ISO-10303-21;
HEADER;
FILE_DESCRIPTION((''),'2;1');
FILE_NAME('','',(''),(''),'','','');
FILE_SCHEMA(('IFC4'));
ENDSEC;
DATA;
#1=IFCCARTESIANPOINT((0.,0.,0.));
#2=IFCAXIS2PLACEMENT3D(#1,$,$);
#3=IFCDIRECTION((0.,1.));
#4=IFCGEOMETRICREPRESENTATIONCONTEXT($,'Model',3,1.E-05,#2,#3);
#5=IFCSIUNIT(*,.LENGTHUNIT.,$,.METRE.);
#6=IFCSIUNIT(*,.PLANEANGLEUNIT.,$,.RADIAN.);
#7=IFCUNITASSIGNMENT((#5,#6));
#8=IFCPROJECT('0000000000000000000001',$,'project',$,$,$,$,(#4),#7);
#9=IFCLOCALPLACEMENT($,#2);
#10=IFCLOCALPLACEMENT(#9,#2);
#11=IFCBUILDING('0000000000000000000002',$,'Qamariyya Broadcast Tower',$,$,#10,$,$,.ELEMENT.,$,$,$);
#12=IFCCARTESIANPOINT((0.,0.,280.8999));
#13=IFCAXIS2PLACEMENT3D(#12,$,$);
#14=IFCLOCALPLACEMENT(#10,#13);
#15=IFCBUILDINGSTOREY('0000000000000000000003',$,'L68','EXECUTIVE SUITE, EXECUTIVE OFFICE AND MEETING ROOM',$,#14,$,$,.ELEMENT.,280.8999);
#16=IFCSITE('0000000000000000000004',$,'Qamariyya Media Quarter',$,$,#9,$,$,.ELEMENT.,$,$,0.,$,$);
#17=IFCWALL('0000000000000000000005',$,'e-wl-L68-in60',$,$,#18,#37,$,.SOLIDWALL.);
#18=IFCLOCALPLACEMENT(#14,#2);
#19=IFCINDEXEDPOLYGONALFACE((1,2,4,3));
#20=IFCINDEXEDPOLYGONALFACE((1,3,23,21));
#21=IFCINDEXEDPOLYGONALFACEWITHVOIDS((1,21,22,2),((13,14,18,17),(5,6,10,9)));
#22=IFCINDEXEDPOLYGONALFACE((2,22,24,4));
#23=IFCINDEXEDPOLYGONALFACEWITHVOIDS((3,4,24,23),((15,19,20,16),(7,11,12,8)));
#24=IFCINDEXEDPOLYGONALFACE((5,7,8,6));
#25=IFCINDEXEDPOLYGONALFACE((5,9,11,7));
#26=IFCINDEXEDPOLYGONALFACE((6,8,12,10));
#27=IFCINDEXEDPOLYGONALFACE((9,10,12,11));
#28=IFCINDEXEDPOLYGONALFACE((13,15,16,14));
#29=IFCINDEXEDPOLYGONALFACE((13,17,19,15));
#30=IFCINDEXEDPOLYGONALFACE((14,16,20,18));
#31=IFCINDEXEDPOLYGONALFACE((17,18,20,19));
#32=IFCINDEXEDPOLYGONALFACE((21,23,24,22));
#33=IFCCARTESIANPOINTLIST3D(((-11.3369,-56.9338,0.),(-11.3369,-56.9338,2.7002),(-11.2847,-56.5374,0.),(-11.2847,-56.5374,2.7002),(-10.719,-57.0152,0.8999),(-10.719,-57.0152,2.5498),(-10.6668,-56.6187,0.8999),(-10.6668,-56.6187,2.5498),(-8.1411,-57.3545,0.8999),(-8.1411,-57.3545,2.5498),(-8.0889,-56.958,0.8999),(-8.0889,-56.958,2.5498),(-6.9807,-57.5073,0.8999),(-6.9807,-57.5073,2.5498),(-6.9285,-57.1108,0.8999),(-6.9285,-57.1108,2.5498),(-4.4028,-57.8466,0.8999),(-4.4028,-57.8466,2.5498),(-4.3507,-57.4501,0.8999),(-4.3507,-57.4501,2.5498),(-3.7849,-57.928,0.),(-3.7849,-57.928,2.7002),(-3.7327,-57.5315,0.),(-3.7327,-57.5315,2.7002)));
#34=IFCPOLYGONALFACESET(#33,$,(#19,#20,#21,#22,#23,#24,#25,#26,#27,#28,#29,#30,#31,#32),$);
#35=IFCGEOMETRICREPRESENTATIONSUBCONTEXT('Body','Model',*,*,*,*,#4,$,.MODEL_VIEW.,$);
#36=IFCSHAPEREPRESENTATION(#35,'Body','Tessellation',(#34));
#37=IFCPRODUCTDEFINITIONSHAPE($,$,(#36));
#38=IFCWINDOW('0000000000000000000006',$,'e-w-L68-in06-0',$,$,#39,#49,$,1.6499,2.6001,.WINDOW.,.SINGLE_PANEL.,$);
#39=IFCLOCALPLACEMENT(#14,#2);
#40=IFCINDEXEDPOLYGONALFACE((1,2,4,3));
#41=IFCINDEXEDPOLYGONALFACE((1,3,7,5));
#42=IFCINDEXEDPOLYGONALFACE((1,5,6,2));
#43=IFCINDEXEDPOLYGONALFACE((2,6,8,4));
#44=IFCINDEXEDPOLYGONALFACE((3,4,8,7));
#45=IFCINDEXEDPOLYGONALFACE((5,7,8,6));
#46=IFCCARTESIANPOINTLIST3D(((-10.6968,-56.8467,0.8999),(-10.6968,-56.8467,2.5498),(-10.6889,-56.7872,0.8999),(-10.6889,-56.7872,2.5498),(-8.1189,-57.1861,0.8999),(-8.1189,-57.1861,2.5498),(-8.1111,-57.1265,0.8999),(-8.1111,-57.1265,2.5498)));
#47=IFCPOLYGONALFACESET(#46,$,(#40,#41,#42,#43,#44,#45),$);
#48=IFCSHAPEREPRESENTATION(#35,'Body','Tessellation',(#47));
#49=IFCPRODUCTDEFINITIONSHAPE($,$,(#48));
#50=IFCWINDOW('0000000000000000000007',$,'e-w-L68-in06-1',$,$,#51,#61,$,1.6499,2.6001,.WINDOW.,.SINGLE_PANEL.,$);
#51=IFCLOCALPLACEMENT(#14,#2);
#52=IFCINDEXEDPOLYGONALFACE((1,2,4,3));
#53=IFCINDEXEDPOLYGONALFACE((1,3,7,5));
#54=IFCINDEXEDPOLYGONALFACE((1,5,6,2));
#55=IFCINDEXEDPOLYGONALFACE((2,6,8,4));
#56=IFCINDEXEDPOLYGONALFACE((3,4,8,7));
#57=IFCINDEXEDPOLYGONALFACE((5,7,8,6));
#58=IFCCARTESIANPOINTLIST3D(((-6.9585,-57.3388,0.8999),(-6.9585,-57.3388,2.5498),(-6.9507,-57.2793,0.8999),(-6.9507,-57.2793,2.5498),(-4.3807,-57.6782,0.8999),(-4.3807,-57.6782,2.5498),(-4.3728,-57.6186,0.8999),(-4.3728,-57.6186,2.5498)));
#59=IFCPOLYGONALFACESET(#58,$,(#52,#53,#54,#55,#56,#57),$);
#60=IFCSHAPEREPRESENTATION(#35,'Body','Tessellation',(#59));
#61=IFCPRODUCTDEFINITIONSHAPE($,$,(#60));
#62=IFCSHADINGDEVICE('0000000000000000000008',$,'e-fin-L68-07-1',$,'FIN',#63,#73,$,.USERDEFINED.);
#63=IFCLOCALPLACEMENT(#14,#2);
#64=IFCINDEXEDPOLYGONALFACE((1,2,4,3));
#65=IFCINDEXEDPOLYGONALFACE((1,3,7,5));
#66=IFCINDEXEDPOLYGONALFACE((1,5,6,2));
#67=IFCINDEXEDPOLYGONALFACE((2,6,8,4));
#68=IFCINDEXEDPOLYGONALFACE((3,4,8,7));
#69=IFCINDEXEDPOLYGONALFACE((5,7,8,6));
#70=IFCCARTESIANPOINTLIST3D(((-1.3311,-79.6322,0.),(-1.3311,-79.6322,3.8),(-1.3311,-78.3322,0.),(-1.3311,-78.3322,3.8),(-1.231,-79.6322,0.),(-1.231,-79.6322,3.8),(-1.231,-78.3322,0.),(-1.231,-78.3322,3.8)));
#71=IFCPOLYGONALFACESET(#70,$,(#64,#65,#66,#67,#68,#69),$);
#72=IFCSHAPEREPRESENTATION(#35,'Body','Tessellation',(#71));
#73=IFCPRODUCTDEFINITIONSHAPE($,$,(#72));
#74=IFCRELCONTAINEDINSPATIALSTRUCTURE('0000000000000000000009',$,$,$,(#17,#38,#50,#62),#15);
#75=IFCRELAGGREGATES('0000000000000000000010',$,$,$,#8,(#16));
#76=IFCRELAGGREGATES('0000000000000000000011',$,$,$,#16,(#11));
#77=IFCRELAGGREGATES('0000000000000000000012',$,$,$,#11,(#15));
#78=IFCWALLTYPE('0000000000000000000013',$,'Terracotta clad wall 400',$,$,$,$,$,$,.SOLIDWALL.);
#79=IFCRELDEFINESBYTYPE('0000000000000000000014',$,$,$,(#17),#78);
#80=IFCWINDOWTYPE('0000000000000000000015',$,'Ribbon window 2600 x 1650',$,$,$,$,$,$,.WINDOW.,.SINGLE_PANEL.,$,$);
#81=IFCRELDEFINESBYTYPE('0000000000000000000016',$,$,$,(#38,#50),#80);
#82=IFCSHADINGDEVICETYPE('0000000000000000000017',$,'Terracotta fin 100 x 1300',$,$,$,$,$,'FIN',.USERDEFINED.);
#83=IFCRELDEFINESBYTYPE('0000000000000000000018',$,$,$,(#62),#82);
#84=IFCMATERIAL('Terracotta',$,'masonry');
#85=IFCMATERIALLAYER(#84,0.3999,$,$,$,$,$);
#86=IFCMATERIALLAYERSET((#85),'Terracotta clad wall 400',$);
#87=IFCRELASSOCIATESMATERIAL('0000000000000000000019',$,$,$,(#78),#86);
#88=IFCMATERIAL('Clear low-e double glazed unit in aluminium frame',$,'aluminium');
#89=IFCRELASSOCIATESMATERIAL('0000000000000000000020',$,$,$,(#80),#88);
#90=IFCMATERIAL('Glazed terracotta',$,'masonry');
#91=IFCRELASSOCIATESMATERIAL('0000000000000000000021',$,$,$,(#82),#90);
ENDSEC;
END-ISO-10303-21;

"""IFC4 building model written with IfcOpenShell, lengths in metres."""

from ifc_helpers import new_model, si_unit, direction, frame, frame_2d, origin, origin_2d, place, context, subcontext, project, spatial, rectangle, extrude, material, layer, layer_set, material_profile, profile_set, type_object, element, fill, save


model = new_model("IFC4")

# Units and contexts
model_context = context("Model", 3, precision=1e-05, world=origin(), true_north=direction((0.0, 1.0)))
body_context = subcontext(model_context, "Body", "Model", "MODEL_VIEW")
ifc_project = project(units=[si_unit("LENGTHUNIT", "METRE"), si_unit("PLANEANGLEUNIT", "RADIAN")], contexts=[model_context])

# Site, building, storey
site_placement = place(None, origin())
site = spatial("IfcSite", under=ifc_project, at=site_placement, Name="Qamariyya Media Quarter", CompositionType="ELEMENT", RefElevation=0.0)
building_placement = place(site_placement, origin())
building = spatial("IfcBuilding", under=site, at=building_placement, Name="Qamariyya Broadcast Tower", CompositionType="ELEMENT")
storey_placement = place(building_placement, frame((0.0, 0.0, 280.8999)))
storey = spatial("IfcBuildingStorey", under=building, at=storey_placement, Name="L68", Description="EXECUTIVE SUITE, EXECUTIVE OFFICE AND MEETING ROOM", CompositionType="ELEMENT", Elevation=280.8999)

# Wall, openings, windows
ifc_material_1 = material(Name="Terracotta", Category="masonry")
ifc_layer_1 = layer(ifc_material_1, 0.3999)
ifc_layer_set_1 = layer_set([ifc_layer_1], Name="Terracotta clad wall 400")
wall_type_1 = type_object("IfcWallType", Name="Terracotta clad wall 400", PredefinedType="SOLIDWALL", material=ifc_layer_set_1)
ifc_material_2 = material(Name="Clear low-e double glazed unit in aluminium frame", Category="aluminium")
window_type = type_object("IfcWindowType", Name="Ribbon window 2600 x 1650", PartitioningType="SINGLE_PANEL", PredefinedType="WINDOW", material=ifc_material_2)
wall_1_placement = place(storey_placement, frame((-3.7588, -57.7297, 0.0), z_axis=(0.0, 0.0, 1.0), x_axis=(-0.991447, 0.130513, 0.0)))
wall_1 = element("IfcWall", 1, at=wall_1_placement, inside=storey, type_object=wall_type_1, Name="e-wl-L68-in60", PredefinedType="SOLIDWALL", context=body_context, shape_type="SweptSolid", body=[
    extrude(rectangle(XDim=7.6172, YDim=0.3999, at=frame_2d((3.8086, 0.0))), origin(), (0.0, 0.0, 1.0), 2.7002),
])
opening_1_placement = place(wall_1_placement, frame((4.3938, 0.0, 0.8999)))
opening_1 = element("IfcOpeningElement", 2, at=opening_1_placement, cuts=wall_1, PredefinedType="OPENING", context=body_context, shape_type="SweptSolid", body=[
    extrude(rectangle(XDim=2.6001, YDim=1.6499, at=frame_2d((1.3, 0.825))), frame((0.0, 0.21, 0.0), z_axis=(0.0, -1.0, 0.0), x_axis=(1.0, 0.0, 0.0)), (0.0, 0.0, 1.0), 0.4199),
])
opening_2_placement = place(wall_1_placement, frame((0.6233, 0.0, 0.8999)))
opening_2 = element("IfcOpeningElement", 3, at=opening_2_placement, cuts=wall_1, PredefinedType="OPENING", context=body_context, shape_type="SweptSolid", body=[
    extrude(rectangle(XDim=2.6001, YDim=1.6499, at=frame_2d((1.3, 0.825))), frame((0.0, 0.21, 0.0), z_axis=(0.0, -1.0, 0.0), x_axis=(1.0, 0.0, 0.0)), (0.0, 0.0, 1.0), 0.4199),
])
window_1_placement = place(opening_1_placement, origin())
window_1 = element("IfcWindow", 4, at=window_1_placement, inside=storey, type_object=window_type, Name="e-w-L68-in06-0", OverallHeight=1.6499, OverallWidth=2.6001, PartitioningType="SINGLE_PANEL", PredefinedType="WINDOW", context=body_context, shape_type="SweptSolid", body=[
    extrude(rectangle(XDim=2.6001, YDim=1.6499, at=frame_2d((1.3, 0.825))), frame((0.0, 0.03, 0.0), z_axis=(0.0, -1.0, 0.0), x_axis=(1.0, 0.0, 0.0)), (0.0, 0.0, 1.0), 0.0601),
])
fill(opening_1, window_1)
window_2_placement = place(opening_2_placement, origin())
window_2 = element("IfcWindow", 5, at=window_2_placement, inside=storey, type_object=window_type, Name="e-w-L68-in06-1", OverallHeight=1.6499, OverallWidth=2.6001, PartitioningType="SINGLE_PANEL", PredefinedType="WINDOW", context=body_context, shape_type="SweptSolid", body=[
    extrude(rectangle(XDim=2.6001, YDim=1.6499, at=frame_2d((1.3, 0.825))), frame((0.0, 0.03, 0.0), z_axis=(0.0, -1.0, 0.0), x_axis=(1.0, 0.0, 0.0)), (0.0, 0.0, 1.0), 0.0601),
])
fill(opening_2, window_2)

# Shading device
ifc_material_3 = material(Name="Glazed terracotta", Category="masonry")
ifc_material_profile_1 = material_profile(ifc_material_3, rectangle(XDim=1.3, YDim=0.1001, at=origin_2d()))
ifc_profile_set_1 = profile_set([ifc_material_profile_1], Name="Glazed terracotta")
shading_device_type = type_object("IfcShadingDeviceType", Name="Terracotta fin 100 x 1300", ElementType="FIN", PredefinedType="USERDEFINED", material=ifc_profile_set_1)
shading_device_placement = place(storey_placement, frame((-1.281, -78.9822, 0.0), z_axis=(0.0, 0.0, 1.0), x_axis=(0.0, -1.0, 0.0)))
element("IfcShadingDevice", 6, at=shading_device_placement, inside=storey, type_object=shading_device_type, Name="e-fin-L68-07-1", ObjectType="FIN", PredefinedType="USERDEFINED", context=body_context, shape_type="SweptSolid", body=[
    extrude(rectangle(XDim=1.3, YDim=0.1001, at=origin_2d()), origin(), (0.0, 0.0, 1.0), 3.8),
])

save(model, "model.ifc")
